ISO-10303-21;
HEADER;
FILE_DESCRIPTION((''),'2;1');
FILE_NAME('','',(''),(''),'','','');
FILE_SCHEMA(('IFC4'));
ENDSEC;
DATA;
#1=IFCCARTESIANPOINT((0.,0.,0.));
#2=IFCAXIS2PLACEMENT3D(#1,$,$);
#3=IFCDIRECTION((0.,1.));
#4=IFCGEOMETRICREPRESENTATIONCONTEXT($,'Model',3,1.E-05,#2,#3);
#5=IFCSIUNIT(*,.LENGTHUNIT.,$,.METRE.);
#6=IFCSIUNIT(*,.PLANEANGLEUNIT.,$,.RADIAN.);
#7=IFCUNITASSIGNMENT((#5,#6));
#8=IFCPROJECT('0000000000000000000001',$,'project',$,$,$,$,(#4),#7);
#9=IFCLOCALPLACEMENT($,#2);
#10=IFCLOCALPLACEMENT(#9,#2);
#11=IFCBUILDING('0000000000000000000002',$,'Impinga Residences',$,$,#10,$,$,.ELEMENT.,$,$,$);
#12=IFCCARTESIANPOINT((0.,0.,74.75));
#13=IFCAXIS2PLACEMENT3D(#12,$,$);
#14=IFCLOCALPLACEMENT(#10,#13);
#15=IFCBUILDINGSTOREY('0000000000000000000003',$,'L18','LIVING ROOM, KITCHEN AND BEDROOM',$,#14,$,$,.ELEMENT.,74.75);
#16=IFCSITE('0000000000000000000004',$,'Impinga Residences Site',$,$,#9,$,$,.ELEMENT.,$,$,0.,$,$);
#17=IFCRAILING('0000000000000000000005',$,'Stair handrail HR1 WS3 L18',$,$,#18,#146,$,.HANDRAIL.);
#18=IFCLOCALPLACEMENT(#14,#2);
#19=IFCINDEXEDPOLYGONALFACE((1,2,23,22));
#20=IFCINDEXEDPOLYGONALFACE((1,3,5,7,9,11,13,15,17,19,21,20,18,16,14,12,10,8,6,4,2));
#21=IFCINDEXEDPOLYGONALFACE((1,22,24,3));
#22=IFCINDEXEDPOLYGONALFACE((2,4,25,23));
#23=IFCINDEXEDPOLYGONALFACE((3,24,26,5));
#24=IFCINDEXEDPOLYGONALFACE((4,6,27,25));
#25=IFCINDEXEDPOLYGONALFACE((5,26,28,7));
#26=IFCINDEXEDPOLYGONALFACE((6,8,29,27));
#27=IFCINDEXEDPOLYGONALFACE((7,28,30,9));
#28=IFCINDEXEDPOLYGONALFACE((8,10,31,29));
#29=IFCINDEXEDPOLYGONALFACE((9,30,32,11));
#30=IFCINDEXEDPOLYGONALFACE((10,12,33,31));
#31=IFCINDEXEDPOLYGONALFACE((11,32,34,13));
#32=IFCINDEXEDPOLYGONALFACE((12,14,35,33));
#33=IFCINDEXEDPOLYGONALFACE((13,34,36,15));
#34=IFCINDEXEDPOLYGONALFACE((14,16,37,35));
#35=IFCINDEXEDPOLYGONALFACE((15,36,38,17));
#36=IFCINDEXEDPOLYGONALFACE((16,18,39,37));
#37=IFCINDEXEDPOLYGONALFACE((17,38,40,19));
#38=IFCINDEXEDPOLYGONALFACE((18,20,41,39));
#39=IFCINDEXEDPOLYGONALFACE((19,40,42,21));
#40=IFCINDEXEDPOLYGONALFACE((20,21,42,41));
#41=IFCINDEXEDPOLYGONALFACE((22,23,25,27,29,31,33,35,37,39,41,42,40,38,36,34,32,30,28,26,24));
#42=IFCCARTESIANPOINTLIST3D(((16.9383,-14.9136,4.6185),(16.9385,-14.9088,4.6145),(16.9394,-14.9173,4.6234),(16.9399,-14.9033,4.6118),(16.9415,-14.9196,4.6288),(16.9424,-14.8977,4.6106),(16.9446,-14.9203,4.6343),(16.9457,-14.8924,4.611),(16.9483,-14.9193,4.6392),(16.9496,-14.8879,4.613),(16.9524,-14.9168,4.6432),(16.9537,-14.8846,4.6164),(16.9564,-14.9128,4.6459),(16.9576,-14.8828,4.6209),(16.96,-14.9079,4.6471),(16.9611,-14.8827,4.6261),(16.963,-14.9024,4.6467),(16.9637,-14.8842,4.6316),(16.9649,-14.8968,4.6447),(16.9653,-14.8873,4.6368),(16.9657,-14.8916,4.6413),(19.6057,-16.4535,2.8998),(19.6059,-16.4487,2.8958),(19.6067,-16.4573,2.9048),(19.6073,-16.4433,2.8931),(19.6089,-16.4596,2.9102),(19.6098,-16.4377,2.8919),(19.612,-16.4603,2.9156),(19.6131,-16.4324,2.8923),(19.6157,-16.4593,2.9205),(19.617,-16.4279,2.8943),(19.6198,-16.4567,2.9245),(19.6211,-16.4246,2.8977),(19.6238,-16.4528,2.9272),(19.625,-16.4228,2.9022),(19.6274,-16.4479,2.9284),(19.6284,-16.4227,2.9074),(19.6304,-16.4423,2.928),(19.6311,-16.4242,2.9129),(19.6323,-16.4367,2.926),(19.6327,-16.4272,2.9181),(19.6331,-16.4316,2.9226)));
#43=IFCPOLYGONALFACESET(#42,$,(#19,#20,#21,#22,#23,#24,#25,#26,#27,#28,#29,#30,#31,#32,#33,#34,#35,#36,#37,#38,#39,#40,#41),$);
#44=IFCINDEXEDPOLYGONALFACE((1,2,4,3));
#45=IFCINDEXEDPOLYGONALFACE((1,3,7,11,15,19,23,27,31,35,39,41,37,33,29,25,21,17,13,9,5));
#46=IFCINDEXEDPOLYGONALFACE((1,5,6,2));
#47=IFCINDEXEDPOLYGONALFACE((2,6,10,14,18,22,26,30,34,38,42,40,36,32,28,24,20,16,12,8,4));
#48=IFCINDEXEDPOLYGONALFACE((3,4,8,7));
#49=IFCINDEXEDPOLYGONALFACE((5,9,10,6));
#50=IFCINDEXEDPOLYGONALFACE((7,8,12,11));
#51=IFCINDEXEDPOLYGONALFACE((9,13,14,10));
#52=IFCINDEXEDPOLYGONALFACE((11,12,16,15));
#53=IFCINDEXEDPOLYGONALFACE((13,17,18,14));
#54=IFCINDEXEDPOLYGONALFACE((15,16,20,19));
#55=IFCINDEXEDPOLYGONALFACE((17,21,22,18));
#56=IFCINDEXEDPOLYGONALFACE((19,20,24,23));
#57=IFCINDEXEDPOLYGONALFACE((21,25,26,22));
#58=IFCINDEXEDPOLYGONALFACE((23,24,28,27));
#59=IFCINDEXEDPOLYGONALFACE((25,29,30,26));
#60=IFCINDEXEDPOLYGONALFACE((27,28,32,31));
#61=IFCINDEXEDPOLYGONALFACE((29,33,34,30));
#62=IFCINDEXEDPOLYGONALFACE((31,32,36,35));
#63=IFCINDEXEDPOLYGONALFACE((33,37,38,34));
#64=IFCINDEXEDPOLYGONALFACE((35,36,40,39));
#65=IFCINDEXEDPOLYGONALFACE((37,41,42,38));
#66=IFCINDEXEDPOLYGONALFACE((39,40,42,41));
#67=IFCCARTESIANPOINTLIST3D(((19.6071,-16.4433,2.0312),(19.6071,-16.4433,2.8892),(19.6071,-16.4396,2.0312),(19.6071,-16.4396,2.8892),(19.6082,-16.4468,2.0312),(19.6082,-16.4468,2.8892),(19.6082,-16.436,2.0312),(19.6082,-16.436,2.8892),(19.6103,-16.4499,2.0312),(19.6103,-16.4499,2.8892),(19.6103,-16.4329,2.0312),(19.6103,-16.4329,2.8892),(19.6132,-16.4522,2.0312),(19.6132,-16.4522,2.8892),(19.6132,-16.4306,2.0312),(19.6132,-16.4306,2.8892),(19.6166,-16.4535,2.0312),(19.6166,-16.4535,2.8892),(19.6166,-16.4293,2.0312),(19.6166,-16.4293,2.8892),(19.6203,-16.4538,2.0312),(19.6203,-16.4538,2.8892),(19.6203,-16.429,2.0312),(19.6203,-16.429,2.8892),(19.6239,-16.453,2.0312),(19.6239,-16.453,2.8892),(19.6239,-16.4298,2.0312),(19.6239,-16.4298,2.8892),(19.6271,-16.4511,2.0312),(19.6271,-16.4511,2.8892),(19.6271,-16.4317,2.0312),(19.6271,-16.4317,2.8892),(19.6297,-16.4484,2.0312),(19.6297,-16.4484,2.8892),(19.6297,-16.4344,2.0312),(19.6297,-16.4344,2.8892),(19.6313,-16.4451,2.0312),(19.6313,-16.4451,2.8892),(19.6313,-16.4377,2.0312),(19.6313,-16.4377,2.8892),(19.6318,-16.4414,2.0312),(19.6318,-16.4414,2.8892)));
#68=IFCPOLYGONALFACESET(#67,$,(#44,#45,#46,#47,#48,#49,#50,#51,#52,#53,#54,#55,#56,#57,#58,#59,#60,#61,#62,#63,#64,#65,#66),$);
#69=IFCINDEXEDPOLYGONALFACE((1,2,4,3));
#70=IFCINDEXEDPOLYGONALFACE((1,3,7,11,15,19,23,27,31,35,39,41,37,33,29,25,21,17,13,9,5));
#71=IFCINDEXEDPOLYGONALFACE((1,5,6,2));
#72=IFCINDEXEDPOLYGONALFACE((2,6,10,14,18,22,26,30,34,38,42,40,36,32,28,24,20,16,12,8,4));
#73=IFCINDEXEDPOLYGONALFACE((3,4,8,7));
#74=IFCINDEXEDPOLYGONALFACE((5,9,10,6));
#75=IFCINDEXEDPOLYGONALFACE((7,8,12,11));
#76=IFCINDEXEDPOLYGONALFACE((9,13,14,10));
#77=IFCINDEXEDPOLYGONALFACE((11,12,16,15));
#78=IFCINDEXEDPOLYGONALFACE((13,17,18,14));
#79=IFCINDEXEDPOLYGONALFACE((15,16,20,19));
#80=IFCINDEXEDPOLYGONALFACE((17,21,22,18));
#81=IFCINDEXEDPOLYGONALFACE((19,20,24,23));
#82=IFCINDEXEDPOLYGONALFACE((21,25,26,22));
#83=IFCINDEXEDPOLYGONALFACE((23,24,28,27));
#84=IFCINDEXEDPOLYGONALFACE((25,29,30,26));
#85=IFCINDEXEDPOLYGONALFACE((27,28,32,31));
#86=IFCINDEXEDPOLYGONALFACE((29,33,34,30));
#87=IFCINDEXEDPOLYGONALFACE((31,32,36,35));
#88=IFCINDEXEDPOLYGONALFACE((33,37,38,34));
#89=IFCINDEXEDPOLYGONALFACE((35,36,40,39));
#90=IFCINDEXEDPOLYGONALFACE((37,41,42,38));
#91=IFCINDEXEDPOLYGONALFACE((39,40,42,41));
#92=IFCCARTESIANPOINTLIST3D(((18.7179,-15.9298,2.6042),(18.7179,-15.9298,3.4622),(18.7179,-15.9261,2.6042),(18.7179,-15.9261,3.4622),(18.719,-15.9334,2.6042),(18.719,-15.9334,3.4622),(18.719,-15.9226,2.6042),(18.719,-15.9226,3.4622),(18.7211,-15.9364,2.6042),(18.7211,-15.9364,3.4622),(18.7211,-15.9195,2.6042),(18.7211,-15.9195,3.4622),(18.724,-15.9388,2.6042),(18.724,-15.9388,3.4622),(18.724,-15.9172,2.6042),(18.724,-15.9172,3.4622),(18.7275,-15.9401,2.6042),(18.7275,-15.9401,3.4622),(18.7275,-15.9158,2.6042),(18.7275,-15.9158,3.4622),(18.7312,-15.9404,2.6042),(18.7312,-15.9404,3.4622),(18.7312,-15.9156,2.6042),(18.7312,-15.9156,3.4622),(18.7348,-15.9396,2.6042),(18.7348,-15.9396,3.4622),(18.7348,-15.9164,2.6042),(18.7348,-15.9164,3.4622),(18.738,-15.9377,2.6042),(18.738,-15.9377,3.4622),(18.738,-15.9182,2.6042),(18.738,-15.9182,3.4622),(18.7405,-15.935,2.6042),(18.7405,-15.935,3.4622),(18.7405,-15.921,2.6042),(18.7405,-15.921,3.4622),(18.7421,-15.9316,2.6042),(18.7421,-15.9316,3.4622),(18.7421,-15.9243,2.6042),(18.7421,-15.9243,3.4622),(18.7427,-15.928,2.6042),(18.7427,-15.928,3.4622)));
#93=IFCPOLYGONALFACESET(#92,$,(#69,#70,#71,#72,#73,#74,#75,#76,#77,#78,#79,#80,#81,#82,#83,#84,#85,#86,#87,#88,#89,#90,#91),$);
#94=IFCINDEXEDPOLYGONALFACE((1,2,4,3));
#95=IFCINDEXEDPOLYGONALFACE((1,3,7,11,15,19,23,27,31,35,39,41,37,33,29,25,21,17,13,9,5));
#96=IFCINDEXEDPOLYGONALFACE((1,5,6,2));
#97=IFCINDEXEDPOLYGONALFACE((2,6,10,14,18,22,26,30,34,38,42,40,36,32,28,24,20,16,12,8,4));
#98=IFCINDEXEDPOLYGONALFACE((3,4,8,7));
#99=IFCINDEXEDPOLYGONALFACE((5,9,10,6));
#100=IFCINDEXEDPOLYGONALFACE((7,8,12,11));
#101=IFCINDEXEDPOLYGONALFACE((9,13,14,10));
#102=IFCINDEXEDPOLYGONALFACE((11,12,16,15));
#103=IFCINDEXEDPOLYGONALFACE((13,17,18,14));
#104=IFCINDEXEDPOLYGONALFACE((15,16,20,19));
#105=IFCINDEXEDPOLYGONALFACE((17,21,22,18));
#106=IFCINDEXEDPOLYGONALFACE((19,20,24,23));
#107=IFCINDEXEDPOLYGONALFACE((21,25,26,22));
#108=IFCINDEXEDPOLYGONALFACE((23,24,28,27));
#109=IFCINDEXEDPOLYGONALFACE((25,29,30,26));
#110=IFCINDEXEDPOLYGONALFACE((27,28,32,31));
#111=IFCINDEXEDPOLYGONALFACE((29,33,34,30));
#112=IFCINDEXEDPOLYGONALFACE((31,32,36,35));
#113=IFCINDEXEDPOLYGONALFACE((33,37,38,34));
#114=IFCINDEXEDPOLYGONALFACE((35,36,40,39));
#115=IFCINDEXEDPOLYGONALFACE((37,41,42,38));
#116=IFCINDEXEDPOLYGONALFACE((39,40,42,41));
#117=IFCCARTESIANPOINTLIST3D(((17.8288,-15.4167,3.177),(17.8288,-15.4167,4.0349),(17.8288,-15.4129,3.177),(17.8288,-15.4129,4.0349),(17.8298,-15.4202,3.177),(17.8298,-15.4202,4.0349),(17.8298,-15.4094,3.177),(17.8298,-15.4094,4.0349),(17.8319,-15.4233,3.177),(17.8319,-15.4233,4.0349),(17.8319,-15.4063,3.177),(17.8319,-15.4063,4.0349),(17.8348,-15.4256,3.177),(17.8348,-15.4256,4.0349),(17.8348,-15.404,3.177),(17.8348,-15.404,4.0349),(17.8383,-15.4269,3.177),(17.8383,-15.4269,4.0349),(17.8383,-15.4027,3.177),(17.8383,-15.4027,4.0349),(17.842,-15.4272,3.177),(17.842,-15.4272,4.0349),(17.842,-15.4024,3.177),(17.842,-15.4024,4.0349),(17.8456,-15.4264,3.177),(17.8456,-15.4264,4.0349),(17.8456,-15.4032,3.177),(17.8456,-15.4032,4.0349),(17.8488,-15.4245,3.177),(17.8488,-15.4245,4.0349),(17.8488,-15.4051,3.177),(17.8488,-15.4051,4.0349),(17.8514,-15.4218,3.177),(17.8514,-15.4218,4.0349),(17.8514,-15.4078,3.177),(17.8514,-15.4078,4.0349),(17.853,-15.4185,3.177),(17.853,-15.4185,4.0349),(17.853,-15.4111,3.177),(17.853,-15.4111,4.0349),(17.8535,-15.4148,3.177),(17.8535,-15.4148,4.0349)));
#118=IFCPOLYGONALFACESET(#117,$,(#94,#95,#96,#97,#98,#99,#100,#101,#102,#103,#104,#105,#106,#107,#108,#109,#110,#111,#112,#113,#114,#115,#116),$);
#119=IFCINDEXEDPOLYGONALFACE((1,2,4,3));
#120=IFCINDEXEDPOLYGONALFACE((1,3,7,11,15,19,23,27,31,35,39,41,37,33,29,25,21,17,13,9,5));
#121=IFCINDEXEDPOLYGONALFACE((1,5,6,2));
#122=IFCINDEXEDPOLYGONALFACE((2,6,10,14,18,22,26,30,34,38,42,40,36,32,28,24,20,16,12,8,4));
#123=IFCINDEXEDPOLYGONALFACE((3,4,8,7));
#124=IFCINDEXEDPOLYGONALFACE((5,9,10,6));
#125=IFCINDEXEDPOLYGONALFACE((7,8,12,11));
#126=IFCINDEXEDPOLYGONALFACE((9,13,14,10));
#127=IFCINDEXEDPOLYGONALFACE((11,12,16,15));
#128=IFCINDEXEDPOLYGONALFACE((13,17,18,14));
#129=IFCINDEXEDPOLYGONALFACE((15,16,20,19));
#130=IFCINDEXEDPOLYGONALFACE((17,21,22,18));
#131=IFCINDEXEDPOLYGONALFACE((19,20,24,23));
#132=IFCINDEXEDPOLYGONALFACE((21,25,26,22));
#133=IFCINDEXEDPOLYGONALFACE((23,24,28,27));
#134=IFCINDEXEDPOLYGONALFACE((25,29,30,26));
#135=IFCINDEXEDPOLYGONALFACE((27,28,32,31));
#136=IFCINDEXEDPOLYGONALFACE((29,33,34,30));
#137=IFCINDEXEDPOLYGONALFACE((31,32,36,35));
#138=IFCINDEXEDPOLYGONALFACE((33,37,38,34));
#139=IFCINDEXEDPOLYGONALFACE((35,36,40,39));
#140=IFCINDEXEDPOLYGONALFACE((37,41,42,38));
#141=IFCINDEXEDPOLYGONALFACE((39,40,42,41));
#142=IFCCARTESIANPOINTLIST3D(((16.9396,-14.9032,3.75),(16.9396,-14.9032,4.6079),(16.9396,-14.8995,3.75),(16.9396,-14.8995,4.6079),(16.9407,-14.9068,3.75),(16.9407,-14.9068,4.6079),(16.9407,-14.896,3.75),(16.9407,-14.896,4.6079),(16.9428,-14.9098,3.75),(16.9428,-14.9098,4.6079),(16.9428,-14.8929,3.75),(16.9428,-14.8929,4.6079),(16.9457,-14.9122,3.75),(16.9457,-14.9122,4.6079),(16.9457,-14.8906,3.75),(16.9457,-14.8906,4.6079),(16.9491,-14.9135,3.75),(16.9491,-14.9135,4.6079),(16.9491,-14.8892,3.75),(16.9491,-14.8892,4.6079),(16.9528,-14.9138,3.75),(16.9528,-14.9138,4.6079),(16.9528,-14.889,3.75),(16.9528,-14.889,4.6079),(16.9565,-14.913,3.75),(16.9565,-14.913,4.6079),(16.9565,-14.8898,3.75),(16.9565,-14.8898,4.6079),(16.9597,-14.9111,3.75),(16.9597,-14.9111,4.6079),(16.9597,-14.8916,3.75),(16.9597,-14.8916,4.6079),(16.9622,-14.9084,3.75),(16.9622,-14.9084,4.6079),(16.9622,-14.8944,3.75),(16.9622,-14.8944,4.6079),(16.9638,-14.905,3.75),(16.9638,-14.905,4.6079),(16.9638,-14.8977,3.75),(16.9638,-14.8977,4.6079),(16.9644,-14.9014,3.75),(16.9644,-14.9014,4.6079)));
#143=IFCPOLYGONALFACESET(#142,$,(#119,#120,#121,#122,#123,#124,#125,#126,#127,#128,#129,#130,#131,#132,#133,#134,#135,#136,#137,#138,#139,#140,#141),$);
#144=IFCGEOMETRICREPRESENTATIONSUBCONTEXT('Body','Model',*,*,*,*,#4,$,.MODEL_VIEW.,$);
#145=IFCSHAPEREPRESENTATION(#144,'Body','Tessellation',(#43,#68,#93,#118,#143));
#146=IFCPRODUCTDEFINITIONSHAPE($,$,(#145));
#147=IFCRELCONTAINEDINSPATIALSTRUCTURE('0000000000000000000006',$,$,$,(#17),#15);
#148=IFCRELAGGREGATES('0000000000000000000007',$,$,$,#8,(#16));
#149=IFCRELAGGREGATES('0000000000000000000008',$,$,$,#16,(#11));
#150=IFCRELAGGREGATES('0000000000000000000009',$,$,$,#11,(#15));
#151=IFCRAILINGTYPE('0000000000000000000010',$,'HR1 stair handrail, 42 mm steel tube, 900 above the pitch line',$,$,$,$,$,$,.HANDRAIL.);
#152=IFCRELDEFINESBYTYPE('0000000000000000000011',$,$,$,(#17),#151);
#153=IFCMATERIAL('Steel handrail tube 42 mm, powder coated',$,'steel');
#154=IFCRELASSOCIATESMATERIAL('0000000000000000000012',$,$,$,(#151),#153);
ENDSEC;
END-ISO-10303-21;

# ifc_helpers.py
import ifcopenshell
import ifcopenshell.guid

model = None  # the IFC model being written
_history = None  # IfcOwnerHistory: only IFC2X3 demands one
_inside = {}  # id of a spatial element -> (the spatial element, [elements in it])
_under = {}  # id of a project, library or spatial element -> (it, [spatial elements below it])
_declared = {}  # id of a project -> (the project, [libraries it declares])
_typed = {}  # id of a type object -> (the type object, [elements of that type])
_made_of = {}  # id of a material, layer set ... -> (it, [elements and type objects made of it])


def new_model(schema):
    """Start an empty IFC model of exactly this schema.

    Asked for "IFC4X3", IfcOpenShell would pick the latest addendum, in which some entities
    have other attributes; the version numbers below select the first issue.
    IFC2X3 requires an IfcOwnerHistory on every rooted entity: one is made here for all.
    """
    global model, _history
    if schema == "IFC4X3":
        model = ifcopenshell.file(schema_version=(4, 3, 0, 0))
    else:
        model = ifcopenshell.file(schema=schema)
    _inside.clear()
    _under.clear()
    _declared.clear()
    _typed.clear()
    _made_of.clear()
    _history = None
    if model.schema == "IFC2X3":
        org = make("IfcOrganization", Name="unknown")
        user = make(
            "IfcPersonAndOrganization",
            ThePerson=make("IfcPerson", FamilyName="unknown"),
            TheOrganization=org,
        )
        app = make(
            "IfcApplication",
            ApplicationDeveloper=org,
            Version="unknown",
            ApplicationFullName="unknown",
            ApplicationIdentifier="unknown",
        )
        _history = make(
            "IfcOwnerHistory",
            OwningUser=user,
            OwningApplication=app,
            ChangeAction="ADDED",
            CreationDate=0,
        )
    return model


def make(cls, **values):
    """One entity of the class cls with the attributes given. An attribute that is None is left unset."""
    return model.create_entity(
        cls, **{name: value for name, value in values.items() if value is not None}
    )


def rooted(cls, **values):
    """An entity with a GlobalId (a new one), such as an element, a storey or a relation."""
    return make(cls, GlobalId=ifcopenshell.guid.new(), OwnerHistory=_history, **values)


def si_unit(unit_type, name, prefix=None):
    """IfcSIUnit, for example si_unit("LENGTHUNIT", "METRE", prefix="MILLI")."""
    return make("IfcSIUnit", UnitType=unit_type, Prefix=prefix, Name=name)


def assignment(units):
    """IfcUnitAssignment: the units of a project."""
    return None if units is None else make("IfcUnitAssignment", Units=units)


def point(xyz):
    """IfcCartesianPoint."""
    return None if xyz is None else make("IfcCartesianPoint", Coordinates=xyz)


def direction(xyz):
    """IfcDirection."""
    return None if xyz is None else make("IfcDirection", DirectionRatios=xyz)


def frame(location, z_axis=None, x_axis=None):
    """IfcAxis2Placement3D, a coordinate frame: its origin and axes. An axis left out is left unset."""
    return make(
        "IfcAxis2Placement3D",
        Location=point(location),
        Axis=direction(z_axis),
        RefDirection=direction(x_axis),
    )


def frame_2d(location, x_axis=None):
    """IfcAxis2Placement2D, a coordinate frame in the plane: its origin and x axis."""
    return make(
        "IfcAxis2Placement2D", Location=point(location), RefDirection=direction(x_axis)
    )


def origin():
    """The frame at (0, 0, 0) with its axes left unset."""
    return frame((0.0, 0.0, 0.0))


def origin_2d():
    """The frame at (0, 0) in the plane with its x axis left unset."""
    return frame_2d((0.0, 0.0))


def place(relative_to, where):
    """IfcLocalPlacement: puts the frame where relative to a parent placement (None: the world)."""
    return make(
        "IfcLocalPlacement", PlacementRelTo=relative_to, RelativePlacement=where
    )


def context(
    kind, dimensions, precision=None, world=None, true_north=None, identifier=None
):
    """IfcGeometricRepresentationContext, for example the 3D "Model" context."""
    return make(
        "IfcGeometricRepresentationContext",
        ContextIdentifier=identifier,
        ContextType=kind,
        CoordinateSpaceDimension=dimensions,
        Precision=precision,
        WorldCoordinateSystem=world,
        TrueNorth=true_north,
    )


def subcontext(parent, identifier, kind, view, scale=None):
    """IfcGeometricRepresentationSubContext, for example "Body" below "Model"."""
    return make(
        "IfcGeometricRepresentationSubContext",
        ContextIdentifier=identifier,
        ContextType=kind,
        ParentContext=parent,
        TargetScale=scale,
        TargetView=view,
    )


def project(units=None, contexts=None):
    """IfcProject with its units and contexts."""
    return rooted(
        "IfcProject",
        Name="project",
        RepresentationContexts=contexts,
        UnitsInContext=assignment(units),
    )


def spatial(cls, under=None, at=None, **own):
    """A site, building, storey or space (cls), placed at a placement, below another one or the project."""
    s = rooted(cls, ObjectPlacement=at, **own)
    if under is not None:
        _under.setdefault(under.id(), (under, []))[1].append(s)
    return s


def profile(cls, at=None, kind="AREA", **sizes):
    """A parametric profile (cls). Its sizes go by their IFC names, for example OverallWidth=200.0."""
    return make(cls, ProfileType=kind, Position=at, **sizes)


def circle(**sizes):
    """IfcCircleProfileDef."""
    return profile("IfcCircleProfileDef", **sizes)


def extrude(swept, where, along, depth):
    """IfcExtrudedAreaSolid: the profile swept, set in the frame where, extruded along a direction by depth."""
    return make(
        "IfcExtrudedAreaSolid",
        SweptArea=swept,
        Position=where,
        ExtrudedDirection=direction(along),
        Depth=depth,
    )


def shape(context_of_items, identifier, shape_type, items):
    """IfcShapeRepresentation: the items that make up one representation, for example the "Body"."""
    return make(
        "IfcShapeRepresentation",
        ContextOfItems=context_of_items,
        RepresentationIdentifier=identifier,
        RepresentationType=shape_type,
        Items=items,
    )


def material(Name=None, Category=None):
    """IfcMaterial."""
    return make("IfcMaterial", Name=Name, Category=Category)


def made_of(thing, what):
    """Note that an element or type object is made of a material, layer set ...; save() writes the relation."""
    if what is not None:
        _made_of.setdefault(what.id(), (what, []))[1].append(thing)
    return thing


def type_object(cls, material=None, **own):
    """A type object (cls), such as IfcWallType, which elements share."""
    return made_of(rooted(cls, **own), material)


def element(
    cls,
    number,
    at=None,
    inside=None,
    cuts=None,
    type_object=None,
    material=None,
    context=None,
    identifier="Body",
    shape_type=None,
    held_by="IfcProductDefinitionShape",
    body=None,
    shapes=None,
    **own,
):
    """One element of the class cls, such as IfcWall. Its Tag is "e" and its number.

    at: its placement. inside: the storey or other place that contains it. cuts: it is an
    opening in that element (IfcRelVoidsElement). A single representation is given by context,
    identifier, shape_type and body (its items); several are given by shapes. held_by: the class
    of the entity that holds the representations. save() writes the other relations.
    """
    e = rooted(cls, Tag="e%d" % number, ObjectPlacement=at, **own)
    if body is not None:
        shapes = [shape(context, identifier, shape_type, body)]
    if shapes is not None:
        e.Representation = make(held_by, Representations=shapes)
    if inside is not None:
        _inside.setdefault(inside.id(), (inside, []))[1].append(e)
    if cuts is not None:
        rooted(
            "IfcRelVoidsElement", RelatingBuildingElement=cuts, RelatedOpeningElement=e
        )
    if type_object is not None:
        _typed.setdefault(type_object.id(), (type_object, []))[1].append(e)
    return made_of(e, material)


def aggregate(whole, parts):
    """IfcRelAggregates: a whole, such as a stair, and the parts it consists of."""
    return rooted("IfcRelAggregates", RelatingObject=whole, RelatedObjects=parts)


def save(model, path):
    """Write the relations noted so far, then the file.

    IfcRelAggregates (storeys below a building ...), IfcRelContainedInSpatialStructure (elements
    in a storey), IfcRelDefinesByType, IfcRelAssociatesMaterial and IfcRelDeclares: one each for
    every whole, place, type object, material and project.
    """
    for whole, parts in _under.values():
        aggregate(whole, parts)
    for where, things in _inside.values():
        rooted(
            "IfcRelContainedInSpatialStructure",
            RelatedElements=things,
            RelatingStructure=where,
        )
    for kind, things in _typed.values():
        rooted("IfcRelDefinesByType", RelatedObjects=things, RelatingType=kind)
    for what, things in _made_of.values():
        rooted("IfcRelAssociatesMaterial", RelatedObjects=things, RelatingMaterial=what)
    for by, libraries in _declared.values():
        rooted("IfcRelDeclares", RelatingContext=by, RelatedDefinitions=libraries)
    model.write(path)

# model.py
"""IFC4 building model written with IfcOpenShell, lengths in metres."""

from ifc_helpers import new_model, si_unit, direction, frame, origin, origin_2d, place, context, subcontext, project, spatial, circle, extrude, material, type_object, element, save


model = new_model("IFC4")

# Units and contexts
model_context = context("Model", 3, precision=1e-05, world=origin(), true_north=direction((0.0, 1.0)))
body_context = subcontext(model_context, "Body", "Model", "MODEL_VIEW")
ifc_project = project(units=[si_unit("LENGTHUNIT", "METRE"), si_unit("PLANEANGLEUNIT", "RADIAN")], contexts=[model_context])

# Site, building, storey
site_placement = place(None, origin())
site = spatial("IfcSite", under=ifc_project, at=site_placement, Name="Impinga Residences Site", CompositionType="ELEMENT", RefElevation=0.0)
building_placement = place(site_placement, origin())
building = spatial("IfcBuilding", under=site, at=building_placement, Name="Impinga Residences", CompositionType="ELEMENT")
storey_placement = place(building_placement, frame((0.0, 0.0, 74.75)))
storey = spatial("IfcBuildingStorey", under=building, at=storey_placement, Name="L18", Description="LIVING ROOM, KITCHEN AND BEDROOM", CompositionType="ELEMENT", Elevation=74.75)

# Railing
ifc_material_1 = material(Name="Steel handrail tube 42 mm, powder coated", Category="steel")
railing_type_1 = type_object("IfcRailingType", Name="HR1 stair handrail, 42 mm steel tube, 900 above the pitch line", PredefinedType="HANDRAIL", material=ifc_material_1)
railing_1_placement = place(storey_placement, frame((19.6194, -16.4414, 2.0312)))
element("IfcRailing", 1, at=railing_1_placement, inside=storey, type_object=railing_type_1, Name="Stair handrail HR1 WS3 L18", PredefinedType="HANDRAIL", context=body_context, shape_type="SweptSolid", body=[
    extrude(circle(Radius=0.021, at=origin_2d()), frame((0.0, 0.0, 0.8789), z_axis=(-0.756256, 0.436616, 0.487282), x_axis=(-0.499992, -0.86603, 0.0)), (0.0, 0.0, 1.0), 3.5271),
    extrude(circle(Radius=0.0125, at=origin_2d()), origin(), (0.0, 0.0, 1.0), 0.8579),
    extrude(circle(Radius=0.0125, at=origin_2d()), frame((-0.8892, 0.5134, 0.573)), (0.0, 0.0, 1.0), 0.8579),
    extrude(circle(Radius=0.0125, at=origin_2d()), frame((-1.7783, 1.0266, 1.1458)), (0.0, 0.0, 1.0), 0.8579),
    extrude(circle(Radius=0.0125, at=origin_2d()), frame((-2.6675, 1.54, 1.7188)), (0.0, 0.0, 1.0), 0.8579),
])

save(model, "model.ifc")
